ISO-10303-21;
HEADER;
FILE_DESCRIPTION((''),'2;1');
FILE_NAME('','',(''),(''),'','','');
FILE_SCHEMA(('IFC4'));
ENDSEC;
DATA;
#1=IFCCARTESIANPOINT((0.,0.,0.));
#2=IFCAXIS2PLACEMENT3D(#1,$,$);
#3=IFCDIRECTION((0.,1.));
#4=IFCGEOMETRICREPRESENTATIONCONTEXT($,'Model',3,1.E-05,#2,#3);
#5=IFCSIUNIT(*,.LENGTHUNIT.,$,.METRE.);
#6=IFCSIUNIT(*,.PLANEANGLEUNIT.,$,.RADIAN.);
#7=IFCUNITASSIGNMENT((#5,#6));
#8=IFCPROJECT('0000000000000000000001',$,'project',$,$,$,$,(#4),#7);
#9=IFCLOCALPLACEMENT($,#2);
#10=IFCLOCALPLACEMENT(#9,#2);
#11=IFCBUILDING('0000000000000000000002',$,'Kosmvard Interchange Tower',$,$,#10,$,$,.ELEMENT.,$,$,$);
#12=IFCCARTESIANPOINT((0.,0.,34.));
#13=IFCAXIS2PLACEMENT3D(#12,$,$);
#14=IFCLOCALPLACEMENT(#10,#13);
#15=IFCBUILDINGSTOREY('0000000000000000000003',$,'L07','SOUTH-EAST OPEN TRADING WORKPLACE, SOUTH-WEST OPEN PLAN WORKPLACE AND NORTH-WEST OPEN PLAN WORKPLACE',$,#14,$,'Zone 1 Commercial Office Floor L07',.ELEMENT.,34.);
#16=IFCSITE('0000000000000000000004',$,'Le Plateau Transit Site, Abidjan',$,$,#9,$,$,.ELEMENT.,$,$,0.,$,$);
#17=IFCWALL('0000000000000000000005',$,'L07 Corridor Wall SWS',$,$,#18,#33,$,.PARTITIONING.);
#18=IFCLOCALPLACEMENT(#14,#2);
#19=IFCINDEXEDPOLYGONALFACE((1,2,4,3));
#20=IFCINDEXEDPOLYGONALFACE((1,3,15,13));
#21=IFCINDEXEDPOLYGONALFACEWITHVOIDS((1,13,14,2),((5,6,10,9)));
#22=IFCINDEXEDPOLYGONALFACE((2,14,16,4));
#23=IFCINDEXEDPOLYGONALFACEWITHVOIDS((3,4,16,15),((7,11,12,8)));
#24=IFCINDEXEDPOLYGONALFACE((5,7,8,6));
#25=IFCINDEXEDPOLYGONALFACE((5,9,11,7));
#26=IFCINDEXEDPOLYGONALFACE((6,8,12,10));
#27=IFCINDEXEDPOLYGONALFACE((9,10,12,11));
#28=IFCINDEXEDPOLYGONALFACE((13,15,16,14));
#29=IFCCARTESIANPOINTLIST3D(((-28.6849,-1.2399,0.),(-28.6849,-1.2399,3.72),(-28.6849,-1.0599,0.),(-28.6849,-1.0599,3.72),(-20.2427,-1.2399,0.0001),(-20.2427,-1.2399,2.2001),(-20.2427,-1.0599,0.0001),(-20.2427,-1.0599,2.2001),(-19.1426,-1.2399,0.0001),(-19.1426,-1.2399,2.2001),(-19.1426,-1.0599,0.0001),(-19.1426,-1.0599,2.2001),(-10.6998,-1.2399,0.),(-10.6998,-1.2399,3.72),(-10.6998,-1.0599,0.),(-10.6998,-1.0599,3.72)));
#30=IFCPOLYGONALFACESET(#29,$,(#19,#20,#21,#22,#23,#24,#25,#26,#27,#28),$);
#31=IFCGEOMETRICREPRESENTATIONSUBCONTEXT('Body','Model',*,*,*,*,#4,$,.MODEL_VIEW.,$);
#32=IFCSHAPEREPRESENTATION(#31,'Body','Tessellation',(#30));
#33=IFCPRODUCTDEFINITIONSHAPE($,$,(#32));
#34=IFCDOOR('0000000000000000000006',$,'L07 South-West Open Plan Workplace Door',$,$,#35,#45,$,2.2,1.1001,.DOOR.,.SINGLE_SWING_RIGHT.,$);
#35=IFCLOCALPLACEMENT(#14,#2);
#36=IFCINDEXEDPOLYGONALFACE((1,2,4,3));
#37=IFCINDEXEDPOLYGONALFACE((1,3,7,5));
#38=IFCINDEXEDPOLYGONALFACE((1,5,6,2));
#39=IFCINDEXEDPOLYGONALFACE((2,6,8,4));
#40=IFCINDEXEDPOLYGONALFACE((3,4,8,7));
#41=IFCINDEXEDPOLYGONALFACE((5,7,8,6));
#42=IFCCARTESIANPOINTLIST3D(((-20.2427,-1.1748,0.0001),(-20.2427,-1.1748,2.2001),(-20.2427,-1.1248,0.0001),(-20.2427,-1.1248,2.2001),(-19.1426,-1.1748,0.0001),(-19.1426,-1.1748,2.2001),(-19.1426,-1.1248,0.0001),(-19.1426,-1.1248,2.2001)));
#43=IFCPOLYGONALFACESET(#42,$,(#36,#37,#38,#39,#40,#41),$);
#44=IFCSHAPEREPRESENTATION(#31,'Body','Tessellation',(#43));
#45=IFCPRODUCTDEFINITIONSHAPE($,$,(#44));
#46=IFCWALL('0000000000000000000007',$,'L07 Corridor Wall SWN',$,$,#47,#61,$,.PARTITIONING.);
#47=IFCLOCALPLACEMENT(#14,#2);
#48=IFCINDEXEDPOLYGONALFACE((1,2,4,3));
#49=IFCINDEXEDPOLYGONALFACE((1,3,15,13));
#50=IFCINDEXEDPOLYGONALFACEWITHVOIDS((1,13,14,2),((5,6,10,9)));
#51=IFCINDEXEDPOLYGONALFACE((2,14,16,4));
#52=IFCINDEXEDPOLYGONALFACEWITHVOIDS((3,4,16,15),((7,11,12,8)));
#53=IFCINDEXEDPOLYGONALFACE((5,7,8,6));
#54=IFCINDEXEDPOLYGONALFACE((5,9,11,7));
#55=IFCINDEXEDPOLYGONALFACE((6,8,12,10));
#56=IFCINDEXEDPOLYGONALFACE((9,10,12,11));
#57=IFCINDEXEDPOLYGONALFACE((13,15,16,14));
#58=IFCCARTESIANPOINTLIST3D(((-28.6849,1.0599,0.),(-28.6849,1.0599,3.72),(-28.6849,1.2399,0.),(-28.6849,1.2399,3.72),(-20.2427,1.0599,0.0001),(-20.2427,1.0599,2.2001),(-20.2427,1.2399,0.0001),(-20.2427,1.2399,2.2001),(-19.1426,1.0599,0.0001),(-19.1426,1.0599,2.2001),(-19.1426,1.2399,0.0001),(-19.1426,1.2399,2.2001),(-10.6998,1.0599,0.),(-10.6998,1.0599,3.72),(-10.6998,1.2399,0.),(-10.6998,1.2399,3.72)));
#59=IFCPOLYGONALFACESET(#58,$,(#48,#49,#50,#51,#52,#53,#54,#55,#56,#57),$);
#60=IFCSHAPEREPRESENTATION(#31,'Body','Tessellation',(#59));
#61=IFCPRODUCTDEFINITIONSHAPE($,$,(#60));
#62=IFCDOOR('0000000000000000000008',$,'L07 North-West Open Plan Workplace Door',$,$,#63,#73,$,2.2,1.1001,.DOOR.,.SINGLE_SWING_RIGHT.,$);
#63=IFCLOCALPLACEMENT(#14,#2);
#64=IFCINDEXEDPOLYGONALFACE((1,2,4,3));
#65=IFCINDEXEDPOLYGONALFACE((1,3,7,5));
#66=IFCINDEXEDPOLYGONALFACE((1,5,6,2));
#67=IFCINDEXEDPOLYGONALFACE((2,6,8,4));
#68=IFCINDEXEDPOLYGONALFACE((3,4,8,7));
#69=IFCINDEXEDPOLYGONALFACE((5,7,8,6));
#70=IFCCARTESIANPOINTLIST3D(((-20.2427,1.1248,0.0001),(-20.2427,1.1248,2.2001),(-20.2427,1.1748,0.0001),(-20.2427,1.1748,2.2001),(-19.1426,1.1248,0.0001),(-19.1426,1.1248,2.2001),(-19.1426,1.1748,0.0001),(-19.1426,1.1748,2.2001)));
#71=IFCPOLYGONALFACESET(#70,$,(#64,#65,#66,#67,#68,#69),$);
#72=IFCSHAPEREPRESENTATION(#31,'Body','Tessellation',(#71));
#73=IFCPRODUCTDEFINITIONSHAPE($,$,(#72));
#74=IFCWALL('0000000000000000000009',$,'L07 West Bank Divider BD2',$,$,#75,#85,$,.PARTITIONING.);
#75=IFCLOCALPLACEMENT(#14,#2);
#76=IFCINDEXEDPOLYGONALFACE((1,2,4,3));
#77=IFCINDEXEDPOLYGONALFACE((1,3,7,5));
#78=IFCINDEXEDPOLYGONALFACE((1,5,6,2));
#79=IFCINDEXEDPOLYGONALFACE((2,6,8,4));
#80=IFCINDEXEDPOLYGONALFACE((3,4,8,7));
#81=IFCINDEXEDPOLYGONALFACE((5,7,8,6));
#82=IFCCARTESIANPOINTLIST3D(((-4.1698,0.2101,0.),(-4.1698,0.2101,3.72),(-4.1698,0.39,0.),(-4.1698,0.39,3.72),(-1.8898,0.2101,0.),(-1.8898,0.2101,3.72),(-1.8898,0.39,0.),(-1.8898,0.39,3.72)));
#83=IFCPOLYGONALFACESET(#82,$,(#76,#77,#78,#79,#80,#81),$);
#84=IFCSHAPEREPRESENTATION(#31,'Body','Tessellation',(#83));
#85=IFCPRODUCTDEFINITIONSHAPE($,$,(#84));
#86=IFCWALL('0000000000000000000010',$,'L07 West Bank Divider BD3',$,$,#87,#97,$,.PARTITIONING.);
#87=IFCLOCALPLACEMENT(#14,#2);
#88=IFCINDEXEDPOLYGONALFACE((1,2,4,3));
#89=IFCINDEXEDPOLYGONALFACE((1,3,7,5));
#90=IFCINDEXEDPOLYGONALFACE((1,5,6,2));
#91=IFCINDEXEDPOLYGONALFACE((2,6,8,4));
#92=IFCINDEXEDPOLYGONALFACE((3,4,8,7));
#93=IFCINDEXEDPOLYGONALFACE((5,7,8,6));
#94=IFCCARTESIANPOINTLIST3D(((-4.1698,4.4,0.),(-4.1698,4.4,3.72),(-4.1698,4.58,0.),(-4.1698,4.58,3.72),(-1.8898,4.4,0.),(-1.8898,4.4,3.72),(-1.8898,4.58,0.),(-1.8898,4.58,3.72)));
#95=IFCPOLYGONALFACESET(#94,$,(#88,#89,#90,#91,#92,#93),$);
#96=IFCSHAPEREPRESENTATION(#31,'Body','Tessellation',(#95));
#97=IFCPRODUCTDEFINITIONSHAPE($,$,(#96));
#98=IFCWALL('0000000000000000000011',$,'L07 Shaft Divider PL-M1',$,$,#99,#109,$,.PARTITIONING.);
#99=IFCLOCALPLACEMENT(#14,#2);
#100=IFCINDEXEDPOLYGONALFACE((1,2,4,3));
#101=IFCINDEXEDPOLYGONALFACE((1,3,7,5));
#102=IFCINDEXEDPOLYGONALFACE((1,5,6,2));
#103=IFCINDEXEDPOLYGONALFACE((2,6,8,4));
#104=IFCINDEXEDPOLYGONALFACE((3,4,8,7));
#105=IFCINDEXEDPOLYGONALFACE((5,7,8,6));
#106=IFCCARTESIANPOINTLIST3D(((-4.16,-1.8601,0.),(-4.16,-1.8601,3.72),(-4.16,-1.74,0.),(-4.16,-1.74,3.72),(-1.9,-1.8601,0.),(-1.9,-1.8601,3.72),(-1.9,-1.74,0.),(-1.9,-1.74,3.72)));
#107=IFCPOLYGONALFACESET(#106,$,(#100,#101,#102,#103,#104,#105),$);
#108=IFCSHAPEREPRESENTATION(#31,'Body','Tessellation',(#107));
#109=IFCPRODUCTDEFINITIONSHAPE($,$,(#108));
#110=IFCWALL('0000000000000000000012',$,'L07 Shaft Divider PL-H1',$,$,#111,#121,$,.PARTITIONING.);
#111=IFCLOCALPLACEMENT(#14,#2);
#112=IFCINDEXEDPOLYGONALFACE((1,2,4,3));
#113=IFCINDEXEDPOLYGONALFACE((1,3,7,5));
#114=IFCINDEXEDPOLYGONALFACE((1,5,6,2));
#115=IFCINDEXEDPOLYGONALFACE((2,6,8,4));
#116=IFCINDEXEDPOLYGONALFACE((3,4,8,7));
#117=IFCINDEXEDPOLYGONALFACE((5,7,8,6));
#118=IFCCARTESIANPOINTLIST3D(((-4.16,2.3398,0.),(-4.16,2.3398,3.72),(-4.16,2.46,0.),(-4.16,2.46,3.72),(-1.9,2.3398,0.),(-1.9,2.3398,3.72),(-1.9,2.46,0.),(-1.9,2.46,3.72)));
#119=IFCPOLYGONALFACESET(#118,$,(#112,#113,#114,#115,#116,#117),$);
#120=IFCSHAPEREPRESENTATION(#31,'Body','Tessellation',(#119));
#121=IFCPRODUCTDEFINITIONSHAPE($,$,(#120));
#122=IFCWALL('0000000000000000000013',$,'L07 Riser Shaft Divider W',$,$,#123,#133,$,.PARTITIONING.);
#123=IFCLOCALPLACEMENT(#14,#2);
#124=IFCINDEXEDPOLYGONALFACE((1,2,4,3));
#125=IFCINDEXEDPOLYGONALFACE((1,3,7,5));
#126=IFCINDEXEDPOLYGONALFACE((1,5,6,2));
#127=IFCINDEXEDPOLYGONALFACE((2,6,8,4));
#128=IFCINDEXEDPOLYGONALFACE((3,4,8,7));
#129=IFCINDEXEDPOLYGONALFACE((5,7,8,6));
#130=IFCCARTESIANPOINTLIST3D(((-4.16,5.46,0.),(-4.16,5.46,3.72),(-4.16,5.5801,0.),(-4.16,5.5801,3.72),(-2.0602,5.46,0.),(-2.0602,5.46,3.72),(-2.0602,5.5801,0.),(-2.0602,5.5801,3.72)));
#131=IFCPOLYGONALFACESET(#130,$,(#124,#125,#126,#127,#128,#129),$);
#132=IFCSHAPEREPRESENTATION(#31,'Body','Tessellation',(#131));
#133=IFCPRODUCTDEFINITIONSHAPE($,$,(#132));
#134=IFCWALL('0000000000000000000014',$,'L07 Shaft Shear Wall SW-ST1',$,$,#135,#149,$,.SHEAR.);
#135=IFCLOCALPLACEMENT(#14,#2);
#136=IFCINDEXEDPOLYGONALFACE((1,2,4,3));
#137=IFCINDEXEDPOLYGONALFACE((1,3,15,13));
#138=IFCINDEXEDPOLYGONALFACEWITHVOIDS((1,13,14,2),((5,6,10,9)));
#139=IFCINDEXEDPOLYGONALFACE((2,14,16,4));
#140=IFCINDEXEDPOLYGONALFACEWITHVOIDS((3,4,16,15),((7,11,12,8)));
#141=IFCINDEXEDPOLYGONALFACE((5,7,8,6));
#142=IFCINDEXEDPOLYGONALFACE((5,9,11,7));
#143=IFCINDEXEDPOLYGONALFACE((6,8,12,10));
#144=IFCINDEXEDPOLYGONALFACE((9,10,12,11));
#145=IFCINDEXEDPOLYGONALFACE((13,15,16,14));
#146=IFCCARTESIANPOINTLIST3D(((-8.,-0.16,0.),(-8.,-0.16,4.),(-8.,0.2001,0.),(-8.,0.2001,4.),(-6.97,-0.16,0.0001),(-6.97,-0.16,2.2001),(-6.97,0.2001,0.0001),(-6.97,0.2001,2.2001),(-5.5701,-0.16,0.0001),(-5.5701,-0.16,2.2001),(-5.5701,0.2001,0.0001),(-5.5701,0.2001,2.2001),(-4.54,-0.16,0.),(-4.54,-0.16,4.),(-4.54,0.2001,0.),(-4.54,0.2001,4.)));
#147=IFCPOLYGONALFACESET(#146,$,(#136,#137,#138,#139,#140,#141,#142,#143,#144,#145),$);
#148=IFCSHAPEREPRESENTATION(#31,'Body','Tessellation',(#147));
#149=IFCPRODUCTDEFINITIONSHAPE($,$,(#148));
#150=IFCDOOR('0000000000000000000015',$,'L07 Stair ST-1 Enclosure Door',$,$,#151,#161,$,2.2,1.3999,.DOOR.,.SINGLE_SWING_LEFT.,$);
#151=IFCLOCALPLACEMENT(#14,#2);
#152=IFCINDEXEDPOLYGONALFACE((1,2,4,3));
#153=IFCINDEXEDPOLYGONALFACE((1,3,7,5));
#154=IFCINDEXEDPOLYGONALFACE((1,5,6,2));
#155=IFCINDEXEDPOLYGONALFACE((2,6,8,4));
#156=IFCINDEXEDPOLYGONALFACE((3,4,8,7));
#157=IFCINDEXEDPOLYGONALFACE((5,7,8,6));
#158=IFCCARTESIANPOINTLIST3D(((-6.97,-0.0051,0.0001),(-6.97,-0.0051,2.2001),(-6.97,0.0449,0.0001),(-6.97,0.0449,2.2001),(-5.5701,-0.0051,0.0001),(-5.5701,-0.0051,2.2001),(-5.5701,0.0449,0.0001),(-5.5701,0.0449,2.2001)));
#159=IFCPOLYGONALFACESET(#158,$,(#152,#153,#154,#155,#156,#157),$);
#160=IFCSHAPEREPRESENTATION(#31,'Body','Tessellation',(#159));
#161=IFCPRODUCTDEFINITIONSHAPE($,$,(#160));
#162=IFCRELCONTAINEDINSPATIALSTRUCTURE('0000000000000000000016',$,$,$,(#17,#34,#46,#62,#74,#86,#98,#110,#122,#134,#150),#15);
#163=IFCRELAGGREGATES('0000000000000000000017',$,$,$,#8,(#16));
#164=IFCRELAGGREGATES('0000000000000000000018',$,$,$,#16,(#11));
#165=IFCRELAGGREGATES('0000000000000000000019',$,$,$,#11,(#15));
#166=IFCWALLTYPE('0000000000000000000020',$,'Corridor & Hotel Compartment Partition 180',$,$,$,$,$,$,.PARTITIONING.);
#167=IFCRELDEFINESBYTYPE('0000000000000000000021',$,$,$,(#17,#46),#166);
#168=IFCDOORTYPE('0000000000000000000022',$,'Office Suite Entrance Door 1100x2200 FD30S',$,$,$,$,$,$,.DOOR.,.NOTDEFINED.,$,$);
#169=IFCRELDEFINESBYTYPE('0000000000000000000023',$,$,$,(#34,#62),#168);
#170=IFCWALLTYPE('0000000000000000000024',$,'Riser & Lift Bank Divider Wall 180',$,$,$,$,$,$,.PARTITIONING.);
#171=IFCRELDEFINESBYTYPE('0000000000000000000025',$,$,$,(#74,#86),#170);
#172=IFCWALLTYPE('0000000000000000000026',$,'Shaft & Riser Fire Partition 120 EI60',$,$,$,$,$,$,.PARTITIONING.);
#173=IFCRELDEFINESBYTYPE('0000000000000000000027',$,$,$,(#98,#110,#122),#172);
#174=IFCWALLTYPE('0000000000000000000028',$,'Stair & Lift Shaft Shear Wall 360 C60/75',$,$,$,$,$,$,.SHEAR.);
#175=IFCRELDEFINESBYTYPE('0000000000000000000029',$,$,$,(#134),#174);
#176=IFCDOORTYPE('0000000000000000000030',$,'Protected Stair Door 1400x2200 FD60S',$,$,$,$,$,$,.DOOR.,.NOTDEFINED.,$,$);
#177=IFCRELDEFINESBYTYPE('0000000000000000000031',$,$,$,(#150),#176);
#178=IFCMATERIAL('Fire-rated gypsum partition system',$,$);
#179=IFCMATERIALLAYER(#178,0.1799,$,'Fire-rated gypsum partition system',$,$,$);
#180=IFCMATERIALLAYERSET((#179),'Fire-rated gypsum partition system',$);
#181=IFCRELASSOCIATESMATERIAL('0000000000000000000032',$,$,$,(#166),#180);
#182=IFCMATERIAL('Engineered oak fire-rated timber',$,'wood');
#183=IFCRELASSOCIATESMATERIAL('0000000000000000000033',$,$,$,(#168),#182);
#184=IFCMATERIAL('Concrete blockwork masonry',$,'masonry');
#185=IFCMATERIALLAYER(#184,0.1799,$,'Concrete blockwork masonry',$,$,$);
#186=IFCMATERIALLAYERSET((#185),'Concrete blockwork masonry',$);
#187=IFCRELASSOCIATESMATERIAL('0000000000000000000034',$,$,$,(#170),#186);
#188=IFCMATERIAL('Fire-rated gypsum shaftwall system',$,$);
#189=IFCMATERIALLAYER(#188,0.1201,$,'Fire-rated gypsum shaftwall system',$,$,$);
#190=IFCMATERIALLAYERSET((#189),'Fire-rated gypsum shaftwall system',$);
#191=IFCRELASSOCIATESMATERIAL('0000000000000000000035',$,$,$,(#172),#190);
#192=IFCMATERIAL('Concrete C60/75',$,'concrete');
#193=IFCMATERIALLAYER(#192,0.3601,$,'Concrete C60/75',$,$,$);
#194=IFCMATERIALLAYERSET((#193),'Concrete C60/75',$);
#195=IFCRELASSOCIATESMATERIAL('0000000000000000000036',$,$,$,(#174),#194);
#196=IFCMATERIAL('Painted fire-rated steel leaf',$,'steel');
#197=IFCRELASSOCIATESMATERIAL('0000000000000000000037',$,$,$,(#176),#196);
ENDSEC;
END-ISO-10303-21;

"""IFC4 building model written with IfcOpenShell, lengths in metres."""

from ifc_helpers import new_model, si_unit, direction, frame, frame_2d, origin, place, context, subcontext, project, spatial, rectangle, extrude, source, transform, mapped, material, layer, layer_set, type_object, element, fill, save


model = new_model("IFC4")

# Units and contexts
model_context = context("Model", 3, precision=1e-05, world=origin(), true_north=direction((0.0, 1.0)))
body_context = subcontext(model_context, "Body", "Model", "MODEL_VIEW")
ifc_project = project(units=[si_unit("LENGTHUNIT", "METRE"), si_unit("PLANEANGLEUNIT", "RADIAN")], contexts=[model_context])

# Site, building, storey
site_placement = place(None, origin())
site = spatial("IfcSite", under=ifc_project, at=site_placement, Name="Le Plateau Transit Site, Abidjan", CompositionType="ELEMENT", RefElevation=0.0)
building_placement = place(site_placement, origin())
building = spatial("IfcBuilding", under=site, at=building_placement, Name="Kosmvard Interchange Tower", CompositionType="ELEMENT")
storey_placement = place(building_placement, frame((0.0, 0.0, 34.0)))
storey = spatial("IfcBuildingStorey", under=building, at=storey_placement, Name="L07", Description="SOUTH-EAST OPEN TRADING WORKPLACE, SOUTH-WEST OPEN PLAN WORKPLACE AND NORTH-WEST OPEN PLAN WORKPLACE", LongName="Zone 1 Commercial Office Floor L07", CompositionType="ELEMENT", Elevation=34.0)

# Shared definitions
ifc_material_1 = material(Name="Concrete C60/75", Category="concrete")

# Shared definitions
ifc_material_2 = material(Name="Fire-rated gypsum partition system")

# Shared definitions
ifc_layer_1 = layer(ifc_material_2, 0.1799, Name="Fire-rated gypsum partition system")
ifc_layer_set_1 = layer_set([ifc_layer_1], Name="Fire-rated gypsum partition system")
wall_type_1 = type_object("IfcWallType", Name="Corridor & Hotel Compartment Partition 180", PredefinedType="PARTITIONING", material=ifc_layer_set_1)
ifc_material_3 = material(Name="Painted fire-rated steel leaf", Category="steel")

# Walls, openings, doors
wall_1_placement = place(storey_placement, frame((-28.6851, -1.1499, 0.0), z_axis=(0.0, 0.0, 1.0), x_axis=(1.0, 0.0, 0.0)))
wall_1 = element("IfcWall", 1, at=wall_1_placement, inside=storey, type_object=wall_type_1, Name="L07 Corridor Wall SWS", PredefinedType="PARTITIONING", context=body_context, shape_type="SweptSolid", body=[
    extrude(rectangle(XDim=17.9851, YDim=0.1799, at=frame_2d((8.9927, 0.0))), origin(), (0.0, 0.0, 1.0), 3.72),
])
opening_1_placement = place(wall_1_placement, frame((8.4424, 0.0, 0.0)))
opening_1 = element("IfcOpeningElement", 2, at=opening_1_placement, cuts=wall_1, PredefinedType="OPENING", context=body_context, shape_type="SweptSolid", body=[
    extrude(rectangle(XDim=1.1001, YDim=2.2, at=frame_2d((0.55, 1.1001))), frame((0.0, 0.1001, 0.0), z_axis=(0.0, -1.0, 0.0), x_axis=(1.0, 0.0, 0.0)), (0.0, 0.0, 1.0), 0.2),
])
ifc_material_4 = material(Name="Engineered oak fire-rated timber", Category="wood")
door_type_1 = type_object("IfcDoorType", Name="Office Suite Entrance Door 1100x2200 FD30S", OperationType="NOTDEFINED", PredefinedType="DOOR", material=ifc_material_4)
shared_shape_1 = source(origin(), body_context, "Body", "SweptSolid", [
    extrude(rectangle(XDim=1.1001, YDim=2.2, at=frame_2d((0.55, 1.1001))), frame((0.0, 0.0249, 0.0), z_axis=(0.0, -1.0, 0.0), x_axis=(1.0, 0.0, 0.0)), (0.0, 0.0, 1.0), 0.05),
])
door_1_placement = place(opening_1_placement, frame((1.1001, 0.0, 0.0), z_axis=(0.0, 0.0, 1.0), x_axis=(-1.0, 0.0, 0.0)))
door_1 = element("IfcDoor", 3, at=door_1_placement, inside=storey, type_object=door_type_1, Name="L07 South-West Open Plan Workplace Door", OperationType="SINGLE_SWING_RIGHT", OverallHeight=2.2, OverallWidth=1.1001, PredefinedType="DOOR", context=body_context, shape_type="MappedRepresentation", body=[
    mapped(shared_shape_1, transform((0.0, 0.0, 0.0), scale=1.0)),
])
fill(opening_1, door_1)
wall_2_placement = place(storey_placement, frame((-28.6851, 1.1499, 0.0), z_axis=(0.0, 0.0, 1.0), x_axis=(1.0, 0.0, 0.0)))
wall_2 = element("IfcWall", 4, at=wall_2_placement, inside=storey, type_object=wall_type_1, Name="L07 Corridor Wall SWN", PredefinedType="PARTITIONING", context=body_context, shape_type="SweptSolid", body=[
    extrude(rectangle(XDim=17.9851, YDim=0.1799, at=frame_2d((8.9927, 0.0))), origin(), (0.0, 0.0, 1.0), 3.72),
])
opening_2_placement = place(wall_2_placement, frame((8.4424, 0.0, 0.0)))
opening_2 = element("IfcOpeningElement", 5, at=opening_2_placement, cuts=wall_2, PredefinedType="OPENING", context=body_context, shape_type="SweptSolid", body=[
    extrude(rectangle(XDim=1.1001, YDim=2.2, at=frame_2d((0.55, 1.1001))), frame((0.0, 0.1001, 0.0), z_axis=(0.0, -1.0, 0.0), x_axis=(1.0, 0.0, 0.0)), (0.0, 0.0, 1.0), 0.2),
])
door_2_placement = place(opening_2_placement, origin())
door_2 = element("IfcDoor", 6, at=door_2_placement, inside=storey, type_object=door_type_1, Name="L07 North-West Open Plan Workplace Door", OperationType="SINGLE_SWING_RIGHT", OverallHeight=2.2, OverallWidth=1.1001, PredefinedType="DOOR", context=body_context, shape_type="MappedRepresentation", body=[
    mapped(shared_shape_1, transform((0.0, 0.0, 0.0), scale=1.0)),
])
fill(opening_2, door_2)

# Walls
ifc_material_5 = material(Name="Concrete blockwork masonry", Category="masonry")
ifc_layer_2 = layer(ifc_material_5, 0.1799, Name="Concrete blockwork masonry")
ifc_layer_set_2 = layer_set([ifc_layer_2], Name="Concrete blockwork masonry")
wall_type_2 = type_object("IfcWallType", Name="Riser & Lift Bank Divider Wall 180", PredefinedType="PARTITIONING", material=ifc_layer_set_2)
for number, where, z_axis, x_axis, name in (
    (7, (-4.1699, 0.3, 0.0), (0.0, 0.0, 1.0), (1.0, 0.0, 0.0), "L07 West Bank Divider BD2"),
    (8, (-4.1699, 4.49, 0.0), (0.0, 0.0, 1.0), (1.0, 0.0, 0.0), "L07 West Bank Divider BD3"),
):
    element("IfcWall", number, at=place(storey_placement, frame(where, z_axis=z_axis, x_axis=x_axis)), inside=storey, type_object=wall_type_2, Name=name, PredefinedType="PARTITIONING", context=body_context, shape_type="SweptSolid", body=[
        extrude(rectangle(XDim=2.28, YDim=0.1799, at=frame_2d((1.1401, 0.0))), origin(), (0.0, 0.0, 1.0), 3.72),
    ])
ifc_material_6 = material(Name="Fire-rated gypsum shaftwall system")
ifc_layer_3 = layer(ifc_material_6, 0.1201, Name="Fire-rated gypsum shaftwall system")
ifc_layer_set_3 = layer_set([ifc_layer_3], Name="Fire-rated gypsum shaftwall system")
wall_type_3 = type_object("IfcWallType", Name="Shaft & Riser Fire Partition 120 EI60", PredefinedType="PARTITIONING", material=ifc_layer_set_3)
for number, where, z_axis, x_axis, name in (
    (9, (-4.1599, -1.8, 0.0), (0.0, 0.0, 1.0), (1.0, 0.0, 0.0), "L07 Shaft Divider PL-M1"),
    (10, (-4.1599, 2.3999, 0.0), (0.0, 0.0, 1.0), (1.0, 0.0, 0.0), "L07 Shaft Divider PL-H1"),
):
    element("IfcWall", number, at=place(storey_placement, frame(where, z_axis=z_axis, x_axis=x_axis)), inside=storey, type_object=wall_type_3, Name=name, PredefinedType="PARTITIONING", context=body_context, shape_type="SweptSolid", body=[
        extrude(rectangle(XDim=2.26, YDim=0.1201, at=frame_2d((1.1299, 0.0))), origin(), (0.0, 0.0, 1.0), 3.72),
    ])
wall_3_placement = place(storey_placement, frame((-4.1599, 5.52, 0.0), z_axis=(0.0, 0.0, 1.0), x_axis=(1.0, 0.0, 0.0)))
element("IfcWall", 11, at=wall_3_placement, inside=storey, type_object=wall_type_3, Name="L07 Riser Shaft Divider W", PredefinedType="PARTITIONING", context=body_context, shape_type="SweptSolid", body=[
    extrude(rectangle(XDim=2.0999, YDim=0.1201, at=frame_2d((1.0498, 0.0))), origin(), (0.0, 0.0, 1.0), 3.72),
])

# Wall, opening, door
ifc_layer_4 = layer(ifc_material_1, 0.3601, Name="Concrete C60/75")
ifc_layer_set_4 = layer_set([ifc_layer_4], Name="Concrete C60/75")
wall_type_4 = type_object("IfcWallType", Name="Stair & Lift Shaft Shear Wall 360 C60/75", PredefinedType="SHEAR", material=ifc_layer_set_4)
wall_4_placement = place(storey_placement, frame((-8.0, 0.02, 0.0), z_axis=(0.0, 0.0, 1.0), x_axis=(1.0, 0.0, 0.0)))
wall_4 = element("IfcWall", 12, at=wall_4_placement, inside=storey, type_object=wall_type_4, Name="L07 Shaft Shear Wall SW-ST1", PredefinedType="SHEAR", context=body_context, shape_type="SweptSolid", body=[
    extrude(rectangle(XDim=3.46, YDim=0.3601, at=frame_2d((1.73, 0.0))), origin(), (0.0, 0.0, 1.0), 4.0),
])
opening_3_placement = place(wall_4_placement, frame((1.03, 0.0, 0.0)))
opening_3 = element("IfcOpeningElement", 13, at=opening_3_placement, cuts=wall_4, PredefinedType="OPENING", context=body_context, shape_type="SweptSolid", body=[
    extrude(rectangle(XDim=1.3999, YDim=2.2, at=frame_2d((0.7, 1.1001))), frame((0.0, 0.1899, 0.0), z_axis=(0.0, -1.0, 0.0), x_axis=(1.0, 0.0, 0.0)), (0.0, 0.0, 1.0), 0.3801),
])
door_type_2 = type_object("IfcDoorType", Name="Protected Stair Door 1400x2200 FD60S", OperationType="NOTDEFINED", PredefinedType="DOOR", material=ifc_material_3)
shared_shape_2 = source(origin(), body_context, "Body", "SweptSolid", [
    extrude(rectangle(XDim=1.3999, YDim=2.2, at=frame_2d((0.7, 1.1001))), frame((0.0, 0.0249, 0.0), z_axis=(0.0, -1.0, 0.0), x_axis=(1.0, 0.0, 0.0)), (0.0, 0.0, 1.0), 0.05),
])
door_3_placement = place(opening_3_placement, origin())
door_3 = element("IfcDoor", 14, at=door_3_placement, inside=storey, type_object=door_type_2, Name="L07 Stair ST-1 Enclosure Door", OperationType="SINGLE_SWING_LEFT", OverallHeight=2.2, OverallWidth=1.3999, PredefinedType="DOOR", context=body_context, shape_type="MappedRepresentation", body=[
    mapped(shared_shape_2, transform((0.0, 0.0, 0.0), scale=1.0)),
])
fill(opening_3, door_3)

save(model, "model.ifc")
